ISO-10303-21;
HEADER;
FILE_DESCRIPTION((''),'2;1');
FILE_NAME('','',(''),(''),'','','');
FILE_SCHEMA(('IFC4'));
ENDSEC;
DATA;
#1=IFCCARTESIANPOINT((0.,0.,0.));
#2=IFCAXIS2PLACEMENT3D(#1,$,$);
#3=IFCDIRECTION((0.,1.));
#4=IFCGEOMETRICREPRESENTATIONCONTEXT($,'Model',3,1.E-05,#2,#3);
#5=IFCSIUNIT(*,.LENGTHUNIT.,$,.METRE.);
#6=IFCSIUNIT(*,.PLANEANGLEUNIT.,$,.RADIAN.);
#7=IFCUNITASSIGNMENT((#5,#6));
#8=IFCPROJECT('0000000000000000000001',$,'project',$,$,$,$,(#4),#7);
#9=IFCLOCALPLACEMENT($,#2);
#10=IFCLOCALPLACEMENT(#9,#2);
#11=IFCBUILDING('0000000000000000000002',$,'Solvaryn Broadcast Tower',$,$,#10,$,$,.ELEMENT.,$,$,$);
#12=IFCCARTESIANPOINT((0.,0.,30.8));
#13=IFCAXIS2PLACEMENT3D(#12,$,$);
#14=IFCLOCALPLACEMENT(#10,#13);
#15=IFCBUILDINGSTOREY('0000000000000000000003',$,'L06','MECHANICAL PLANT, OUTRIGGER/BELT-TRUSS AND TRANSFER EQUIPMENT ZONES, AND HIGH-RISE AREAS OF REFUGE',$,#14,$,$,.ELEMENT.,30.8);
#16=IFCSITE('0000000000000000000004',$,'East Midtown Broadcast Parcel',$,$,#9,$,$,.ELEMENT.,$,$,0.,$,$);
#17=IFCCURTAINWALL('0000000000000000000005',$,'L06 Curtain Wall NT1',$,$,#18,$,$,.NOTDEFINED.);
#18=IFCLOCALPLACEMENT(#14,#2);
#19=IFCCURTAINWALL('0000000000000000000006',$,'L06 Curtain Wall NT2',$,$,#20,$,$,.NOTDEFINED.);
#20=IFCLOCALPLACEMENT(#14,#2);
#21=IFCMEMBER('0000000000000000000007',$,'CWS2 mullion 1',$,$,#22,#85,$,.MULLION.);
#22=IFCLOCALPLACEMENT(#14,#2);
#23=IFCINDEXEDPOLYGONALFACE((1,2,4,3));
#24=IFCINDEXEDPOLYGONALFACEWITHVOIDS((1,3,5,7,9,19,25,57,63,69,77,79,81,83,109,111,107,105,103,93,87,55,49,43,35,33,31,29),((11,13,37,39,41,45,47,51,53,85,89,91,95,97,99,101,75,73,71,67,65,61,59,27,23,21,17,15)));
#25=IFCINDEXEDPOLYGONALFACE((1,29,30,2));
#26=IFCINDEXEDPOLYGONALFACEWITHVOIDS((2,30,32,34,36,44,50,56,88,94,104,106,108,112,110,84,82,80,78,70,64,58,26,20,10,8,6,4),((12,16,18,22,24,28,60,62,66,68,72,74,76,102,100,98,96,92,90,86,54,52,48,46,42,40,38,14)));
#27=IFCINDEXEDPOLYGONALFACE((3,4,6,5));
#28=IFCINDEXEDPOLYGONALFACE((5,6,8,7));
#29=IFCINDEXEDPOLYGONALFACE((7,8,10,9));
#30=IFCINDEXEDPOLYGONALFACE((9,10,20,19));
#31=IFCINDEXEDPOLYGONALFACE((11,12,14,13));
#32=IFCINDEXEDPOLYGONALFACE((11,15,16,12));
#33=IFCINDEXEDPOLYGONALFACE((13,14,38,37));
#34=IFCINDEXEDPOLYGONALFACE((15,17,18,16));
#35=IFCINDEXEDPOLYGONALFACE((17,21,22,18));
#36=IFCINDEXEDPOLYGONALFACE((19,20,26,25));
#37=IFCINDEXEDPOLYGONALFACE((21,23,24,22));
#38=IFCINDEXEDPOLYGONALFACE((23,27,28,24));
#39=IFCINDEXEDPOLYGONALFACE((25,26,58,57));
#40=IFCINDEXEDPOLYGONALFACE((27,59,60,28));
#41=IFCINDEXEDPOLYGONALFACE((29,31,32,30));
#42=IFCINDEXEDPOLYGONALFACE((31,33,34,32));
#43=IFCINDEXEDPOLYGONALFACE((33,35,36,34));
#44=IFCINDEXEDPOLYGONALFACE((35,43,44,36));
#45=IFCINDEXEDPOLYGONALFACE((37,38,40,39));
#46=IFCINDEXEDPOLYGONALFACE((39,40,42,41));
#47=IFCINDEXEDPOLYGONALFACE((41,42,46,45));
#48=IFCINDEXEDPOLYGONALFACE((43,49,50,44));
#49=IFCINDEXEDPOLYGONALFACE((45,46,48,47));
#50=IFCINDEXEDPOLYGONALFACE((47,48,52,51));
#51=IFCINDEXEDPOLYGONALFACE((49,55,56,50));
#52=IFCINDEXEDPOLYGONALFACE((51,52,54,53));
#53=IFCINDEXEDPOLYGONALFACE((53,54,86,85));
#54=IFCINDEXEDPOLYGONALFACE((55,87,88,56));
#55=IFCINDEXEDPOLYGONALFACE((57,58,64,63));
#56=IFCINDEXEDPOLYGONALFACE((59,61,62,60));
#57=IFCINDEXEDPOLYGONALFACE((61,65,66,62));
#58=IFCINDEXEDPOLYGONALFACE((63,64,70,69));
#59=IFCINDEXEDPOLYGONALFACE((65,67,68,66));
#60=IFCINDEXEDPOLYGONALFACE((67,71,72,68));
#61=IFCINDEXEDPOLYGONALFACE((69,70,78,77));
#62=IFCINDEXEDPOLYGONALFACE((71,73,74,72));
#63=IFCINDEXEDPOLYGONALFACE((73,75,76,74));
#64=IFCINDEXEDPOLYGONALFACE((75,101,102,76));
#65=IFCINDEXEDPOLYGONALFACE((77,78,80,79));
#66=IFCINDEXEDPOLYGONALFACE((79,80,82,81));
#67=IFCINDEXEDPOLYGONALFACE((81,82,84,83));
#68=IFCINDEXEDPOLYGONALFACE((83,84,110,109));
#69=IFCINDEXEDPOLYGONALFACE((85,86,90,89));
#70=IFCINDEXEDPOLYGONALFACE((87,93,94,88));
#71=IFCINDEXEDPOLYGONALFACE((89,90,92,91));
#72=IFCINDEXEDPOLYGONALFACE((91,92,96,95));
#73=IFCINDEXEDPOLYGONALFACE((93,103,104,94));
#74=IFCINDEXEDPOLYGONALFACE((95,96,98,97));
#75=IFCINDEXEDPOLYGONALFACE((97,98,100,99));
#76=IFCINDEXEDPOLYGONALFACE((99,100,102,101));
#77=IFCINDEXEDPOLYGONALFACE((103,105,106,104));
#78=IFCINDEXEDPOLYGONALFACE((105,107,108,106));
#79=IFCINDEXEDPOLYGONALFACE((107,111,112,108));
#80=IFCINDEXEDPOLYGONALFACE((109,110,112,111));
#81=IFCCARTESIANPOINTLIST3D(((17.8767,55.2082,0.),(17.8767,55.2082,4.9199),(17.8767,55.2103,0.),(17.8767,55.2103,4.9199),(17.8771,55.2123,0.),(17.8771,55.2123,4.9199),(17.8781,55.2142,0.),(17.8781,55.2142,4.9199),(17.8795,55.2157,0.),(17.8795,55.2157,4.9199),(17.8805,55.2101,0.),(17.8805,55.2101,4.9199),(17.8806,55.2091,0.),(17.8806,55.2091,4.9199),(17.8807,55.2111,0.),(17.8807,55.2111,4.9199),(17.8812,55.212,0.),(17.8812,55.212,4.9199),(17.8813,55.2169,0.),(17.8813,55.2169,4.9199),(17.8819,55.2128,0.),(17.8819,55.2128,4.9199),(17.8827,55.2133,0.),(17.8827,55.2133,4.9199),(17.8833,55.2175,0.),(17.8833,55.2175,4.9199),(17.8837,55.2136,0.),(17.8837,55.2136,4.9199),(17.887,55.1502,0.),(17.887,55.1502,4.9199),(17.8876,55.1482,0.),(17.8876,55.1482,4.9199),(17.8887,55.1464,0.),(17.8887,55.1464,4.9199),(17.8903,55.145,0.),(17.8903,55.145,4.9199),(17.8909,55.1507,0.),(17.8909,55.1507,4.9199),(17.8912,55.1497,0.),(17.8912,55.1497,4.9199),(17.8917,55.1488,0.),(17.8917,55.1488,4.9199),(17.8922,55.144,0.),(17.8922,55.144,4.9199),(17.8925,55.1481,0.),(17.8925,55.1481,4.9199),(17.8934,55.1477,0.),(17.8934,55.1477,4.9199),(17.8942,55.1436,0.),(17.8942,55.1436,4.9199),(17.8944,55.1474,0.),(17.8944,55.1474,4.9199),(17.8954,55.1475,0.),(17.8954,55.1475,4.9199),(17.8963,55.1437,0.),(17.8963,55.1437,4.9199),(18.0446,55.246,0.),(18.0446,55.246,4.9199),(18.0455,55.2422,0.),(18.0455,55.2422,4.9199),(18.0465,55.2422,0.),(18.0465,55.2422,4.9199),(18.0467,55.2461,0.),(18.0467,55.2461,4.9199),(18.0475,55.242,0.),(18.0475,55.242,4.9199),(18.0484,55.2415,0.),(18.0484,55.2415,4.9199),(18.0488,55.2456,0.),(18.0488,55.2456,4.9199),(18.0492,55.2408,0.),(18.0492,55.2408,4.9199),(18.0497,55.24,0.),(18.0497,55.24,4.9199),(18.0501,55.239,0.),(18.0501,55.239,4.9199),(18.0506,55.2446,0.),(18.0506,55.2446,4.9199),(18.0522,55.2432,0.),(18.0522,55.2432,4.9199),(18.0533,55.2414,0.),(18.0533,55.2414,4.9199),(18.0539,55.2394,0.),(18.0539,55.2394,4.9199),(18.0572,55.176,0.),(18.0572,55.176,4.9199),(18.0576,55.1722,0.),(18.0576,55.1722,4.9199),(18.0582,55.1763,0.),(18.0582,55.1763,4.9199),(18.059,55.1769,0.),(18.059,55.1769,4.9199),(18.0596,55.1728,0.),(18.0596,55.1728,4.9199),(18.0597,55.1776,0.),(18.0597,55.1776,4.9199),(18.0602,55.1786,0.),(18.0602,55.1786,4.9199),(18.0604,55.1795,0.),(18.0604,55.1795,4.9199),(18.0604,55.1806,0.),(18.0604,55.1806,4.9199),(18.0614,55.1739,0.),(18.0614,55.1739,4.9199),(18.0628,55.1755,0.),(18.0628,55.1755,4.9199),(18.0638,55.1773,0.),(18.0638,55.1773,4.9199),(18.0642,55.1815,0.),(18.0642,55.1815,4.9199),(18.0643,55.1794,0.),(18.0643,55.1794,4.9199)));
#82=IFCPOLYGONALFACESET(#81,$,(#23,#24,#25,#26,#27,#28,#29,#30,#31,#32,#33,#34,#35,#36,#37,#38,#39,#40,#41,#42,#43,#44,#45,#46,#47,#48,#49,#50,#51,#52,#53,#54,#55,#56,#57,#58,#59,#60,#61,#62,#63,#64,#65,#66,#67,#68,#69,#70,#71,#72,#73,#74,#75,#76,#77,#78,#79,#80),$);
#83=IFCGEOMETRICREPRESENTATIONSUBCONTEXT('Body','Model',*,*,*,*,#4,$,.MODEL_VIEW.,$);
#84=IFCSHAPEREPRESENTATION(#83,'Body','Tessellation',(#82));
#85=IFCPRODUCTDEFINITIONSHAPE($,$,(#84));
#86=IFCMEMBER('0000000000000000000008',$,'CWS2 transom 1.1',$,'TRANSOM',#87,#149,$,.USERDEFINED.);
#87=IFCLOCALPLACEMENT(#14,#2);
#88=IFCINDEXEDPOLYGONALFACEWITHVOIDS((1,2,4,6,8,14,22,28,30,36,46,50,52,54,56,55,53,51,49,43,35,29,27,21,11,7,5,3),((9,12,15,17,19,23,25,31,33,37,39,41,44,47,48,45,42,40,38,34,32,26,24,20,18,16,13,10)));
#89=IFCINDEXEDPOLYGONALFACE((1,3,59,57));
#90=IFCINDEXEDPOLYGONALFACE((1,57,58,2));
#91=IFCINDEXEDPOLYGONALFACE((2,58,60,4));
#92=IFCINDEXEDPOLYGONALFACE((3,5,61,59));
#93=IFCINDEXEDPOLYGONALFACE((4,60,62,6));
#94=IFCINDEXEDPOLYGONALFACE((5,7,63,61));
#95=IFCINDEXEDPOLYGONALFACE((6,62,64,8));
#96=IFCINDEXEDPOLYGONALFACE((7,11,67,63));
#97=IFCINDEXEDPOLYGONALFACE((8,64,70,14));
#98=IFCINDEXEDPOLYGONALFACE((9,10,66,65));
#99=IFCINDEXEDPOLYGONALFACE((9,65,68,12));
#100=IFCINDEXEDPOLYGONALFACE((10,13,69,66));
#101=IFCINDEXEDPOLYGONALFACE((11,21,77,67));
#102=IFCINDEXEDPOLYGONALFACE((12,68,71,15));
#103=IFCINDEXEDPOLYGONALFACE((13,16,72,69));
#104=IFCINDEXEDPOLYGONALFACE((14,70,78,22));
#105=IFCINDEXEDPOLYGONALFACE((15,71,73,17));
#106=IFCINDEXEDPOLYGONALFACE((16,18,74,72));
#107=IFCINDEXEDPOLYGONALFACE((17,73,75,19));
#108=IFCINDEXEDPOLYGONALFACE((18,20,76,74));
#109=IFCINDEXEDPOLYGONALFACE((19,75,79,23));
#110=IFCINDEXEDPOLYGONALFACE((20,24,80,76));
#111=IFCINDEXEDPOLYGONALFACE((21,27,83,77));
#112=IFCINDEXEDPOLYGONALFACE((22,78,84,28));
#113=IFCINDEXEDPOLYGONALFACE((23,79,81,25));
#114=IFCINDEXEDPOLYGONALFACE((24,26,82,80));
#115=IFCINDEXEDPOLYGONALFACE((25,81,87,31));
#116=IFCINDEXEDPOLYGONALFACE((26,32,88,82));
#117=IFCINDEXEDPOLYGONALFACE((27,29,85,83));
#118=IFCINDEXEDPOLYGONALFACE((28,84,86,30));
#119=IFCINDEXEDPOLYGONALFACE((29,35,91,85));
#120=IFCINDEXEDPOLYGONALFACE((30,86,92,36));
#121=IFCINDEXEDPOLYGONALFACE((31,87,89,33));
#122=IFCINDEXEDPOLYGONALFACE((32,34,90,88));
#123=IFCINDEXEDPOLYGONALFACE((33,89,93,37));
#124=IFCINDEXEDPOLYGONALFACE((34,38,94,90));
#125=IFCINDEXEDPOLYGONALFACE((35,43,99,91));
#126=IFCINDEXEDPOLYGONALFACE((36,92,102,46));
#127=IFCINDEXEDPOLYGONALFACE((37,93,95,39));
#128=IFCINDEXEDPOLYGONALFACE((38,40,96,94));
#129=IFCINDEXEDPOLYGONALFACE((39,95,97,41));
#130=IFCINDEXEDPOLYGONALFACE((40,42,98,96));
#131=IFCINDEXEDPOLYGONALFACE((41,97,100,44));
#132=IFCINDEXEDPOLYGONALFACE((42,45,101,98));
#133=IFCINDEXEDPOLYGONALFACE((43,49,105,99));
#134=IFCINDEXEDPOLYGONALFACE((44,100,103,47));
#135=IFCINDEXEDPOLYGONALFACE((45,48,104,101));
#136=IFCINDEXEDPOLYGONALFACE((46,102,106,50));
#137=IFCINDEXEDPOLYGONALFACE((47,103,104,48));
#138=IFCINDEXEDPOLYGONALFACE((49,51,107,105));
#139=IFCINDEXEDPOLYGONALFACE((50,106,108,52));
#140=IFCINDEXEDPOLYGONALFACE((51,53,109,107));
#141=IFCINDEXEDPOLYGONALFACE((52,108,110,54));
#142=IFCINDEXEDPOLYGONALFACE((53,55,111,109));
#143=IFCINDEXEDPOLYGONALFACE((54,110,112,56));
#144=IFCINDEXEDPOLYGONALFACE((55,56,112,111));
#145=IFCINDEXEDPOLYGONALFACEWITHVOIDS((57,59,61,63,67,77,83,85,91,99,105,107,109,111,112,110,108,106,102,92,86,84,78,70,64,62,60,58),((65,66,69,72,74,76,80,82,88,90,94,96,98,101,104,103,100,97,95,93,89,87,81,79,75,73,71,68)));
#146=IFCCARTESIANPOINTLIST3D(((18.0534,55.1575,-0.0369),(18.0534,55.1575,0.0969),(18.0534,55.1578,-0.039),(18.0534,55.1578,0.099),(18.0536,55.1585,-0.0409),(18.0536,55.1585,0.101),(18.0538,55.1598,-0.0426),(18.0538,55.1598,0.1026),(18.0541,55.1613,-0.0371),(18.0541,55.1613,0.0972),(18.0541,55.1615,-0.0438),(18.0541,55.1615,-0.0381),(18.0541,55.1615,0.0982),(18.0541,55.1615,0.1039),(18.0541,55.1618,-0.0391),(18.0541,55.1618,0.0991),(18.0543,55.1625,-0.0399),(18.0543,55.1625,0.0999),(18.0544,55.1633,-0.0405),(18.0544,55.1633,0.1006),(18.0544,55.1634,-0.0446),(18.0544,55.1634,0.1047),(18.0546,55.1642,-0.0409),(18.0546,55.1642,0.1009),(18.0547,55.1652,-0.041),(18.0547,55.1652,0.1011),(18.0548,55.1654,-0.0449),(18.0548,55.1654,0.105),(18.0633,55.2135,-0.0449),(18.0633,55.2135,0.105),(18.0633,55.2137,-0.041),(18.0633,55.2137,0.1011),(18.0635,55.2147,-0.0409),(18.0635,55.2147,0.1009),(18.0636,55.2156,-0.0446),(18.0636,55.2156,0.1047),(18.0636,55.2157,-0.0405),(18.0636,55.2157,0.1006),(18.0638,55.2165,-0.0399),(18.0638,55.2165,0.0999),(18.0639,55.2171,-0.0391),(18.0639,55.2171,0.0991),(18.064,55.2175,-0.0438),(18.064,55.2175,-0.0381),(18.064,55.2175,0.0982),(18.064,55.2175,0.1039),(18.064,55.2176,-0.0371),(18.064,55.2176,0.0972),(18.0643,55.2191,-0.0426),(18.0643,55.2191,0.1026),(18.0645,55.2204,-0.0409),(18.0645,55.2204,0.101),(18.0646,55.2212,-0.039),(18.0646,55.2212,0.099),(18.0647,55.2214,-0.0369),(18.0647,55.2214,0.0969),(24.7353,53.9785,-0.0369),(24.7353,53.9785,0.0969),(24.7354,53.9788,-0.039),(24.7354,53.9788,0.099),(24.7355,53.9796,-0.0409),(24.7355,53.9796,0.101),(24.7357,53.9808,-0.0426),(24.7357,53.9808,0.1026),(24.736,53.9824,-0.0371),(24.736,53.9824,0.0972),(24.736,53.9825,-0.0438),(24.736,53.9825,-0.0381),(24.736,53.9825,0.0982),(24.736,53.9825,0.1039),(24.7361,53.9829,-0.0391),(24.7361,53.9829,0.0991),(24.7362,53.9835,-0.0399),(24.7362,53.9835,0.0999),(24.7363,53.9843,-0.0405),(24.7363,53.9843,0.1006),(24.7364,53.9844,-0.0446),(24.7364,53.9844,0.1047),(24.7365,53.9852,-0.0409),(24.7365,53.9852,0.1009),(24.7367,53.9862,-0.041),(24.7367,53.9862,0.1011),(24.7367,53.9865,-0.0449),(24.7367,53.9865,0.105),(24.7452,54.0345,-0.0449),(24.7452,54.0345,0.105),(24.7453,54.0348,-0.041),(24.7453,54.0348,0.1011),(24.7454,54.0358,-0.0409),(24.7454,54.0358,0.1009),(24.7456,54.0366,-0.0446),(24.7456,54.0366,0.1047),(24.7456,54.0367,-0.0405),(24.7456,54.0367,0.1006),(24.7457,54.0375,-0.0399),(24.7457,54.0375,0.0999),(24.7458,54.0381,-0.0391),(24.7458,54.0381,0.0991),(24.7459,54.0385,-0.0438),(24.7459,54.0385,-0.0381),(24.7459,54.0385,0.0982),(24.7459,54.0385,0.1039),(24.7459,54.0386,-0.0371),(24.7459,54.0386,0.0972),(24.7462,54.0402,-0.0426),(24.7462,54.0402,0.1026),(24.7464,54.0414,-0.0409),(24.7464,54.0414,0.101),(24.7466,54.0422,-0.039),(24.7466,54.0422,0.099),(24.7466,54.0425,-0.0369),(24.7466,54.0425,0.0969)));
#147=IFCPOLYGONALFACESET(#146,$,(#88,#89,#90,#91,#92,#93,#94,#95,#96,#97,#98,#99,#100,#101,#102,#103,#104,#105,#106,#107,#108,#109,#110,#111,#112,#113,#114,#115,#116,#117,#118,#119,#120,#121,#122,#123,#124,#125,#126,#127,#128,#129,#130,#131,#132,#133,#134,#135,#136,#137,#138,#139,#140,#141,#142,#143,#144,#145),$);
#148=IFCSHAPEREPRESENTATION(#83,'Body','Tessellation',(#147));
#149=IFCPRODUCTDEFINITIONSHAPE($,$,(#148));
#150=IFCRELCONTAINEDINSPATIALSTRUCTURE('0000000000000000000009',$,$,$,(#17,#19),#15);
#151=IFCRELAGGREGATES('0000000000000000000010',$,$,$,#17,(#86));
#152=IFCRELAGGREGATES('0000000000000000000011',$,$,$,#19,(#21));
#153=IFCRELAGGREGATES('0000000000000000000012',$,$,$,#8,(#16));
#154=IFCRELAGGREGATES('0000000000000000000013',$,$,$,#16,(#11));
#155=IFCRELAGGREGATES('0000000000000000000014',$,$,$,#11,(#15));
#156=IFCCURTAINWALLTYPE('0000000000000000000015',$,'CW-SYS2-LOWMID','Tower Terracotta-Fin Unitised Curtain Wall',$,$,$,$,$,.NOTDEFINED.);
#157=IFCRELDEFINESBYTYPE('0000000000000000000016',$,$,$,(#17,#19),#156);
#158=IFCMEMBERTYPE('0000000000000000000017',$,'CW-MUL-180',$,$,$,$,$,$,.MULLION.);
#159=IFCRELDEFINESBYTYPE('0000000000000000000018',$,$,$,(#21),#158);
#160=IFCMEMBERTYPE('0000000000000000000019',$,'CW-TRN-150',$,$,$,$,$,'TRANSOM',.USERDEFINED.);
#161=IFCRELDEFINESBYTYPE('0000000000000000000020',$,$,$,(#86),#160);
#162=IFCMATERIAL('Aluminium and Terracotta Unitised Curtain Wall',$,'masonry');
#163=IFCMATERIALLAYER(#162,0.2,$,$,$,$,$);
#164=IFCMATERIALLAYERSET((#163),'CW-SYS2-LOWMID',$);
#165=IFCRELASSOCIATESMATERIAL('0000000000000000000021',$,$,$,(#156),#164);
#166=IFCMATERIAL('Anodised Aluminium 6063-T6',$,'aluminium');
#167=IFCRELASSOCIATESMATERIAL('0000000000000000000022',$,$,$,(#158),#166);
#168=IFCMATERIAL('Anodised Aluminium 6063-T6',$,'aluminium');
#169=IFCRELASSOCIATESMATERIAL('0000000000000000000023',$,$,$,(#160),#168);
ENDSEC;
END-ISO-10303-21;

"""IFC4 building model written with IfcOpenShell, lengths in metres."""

from ifc_helpers import new_model, si_unit, direction, frame, origin, origin_2d, place, context, subcontext, project, spatial, hollow_rectangle, extrude, material, layer, layer_set, material_profile, profile_set, type_object, element, aggregate, save


model = new_model("IFC4")

# Units and contexts
model_context = context("Model", 3, precision=1e-05, world=origin(), true_north=direction((0.0, 1.0)))
body_context = subcontext(model_context, "Body", "Model", "MODEL_VIEW")
ifc_project = project(units=[si_unit("LENGTHUNIT", "METRE"), si_unit("PLANEANGLEUNIT", "RADIAN")], contexts=[model_context])

# Site, building, storey
site_placement = place(None, origin())
site = spatial("IfcSite", under=ifc_project, at=site_placement, Name="East Midtown Broadcast Parcel", CompositionType="ELEMENT", RefElevation=0.0)
building_placement = place(site_placement, origin())
building = spatial("IfcBuilding", under=site, at=building_placement, Name="Solvaryn Broadcast Tower", CompositionType="ELEMENT")
storey_placement = place(building_placement, frame((0.0, 0.0, 30.8)))
storey = spatial("IfcBuildingStorey", under=building, at=storey_placement, Name="L06", Description="MECHANICAL PLANT, OUTRIGGER/BELT-TRUSS AND TRANSFER EQUIPMENT ZONES, AND HIGH-RISE AREAS OF REFUGE", CompositionType="ELEMENT", Elevation=30.8)

# Curtain walls, member
ifc_material_1 = material(Name="Aluminium and Terracotta Unitised Curtain Wall", Category="masonry")
ifc_layer_1 = layer(ifc_material_1, 0.2)
ifc_layer_set_1 = layer_set([ifc_layer_1], Name="CW-SYS2-LOWMID")
curtain_wall_type = type_object("IfcCurtainWallType", Name="CW-SYS2-LOWMID", Description="Tower Terracotta-Fin Unitised Curtain Wall", PredefinedType="NOTDEFINED", material=ifc_layer_set_1)
curtain_wall_1_placement = place(storey_placement, origin())
curtain_wall_1 = element("IfcCurtainWall", 1, at=curtain_wall_1_placement, inside=storey, type_object=curtain_wall_type, Name="L06 Curtain Wall NT1", PredefinedType="NOTDEFINED")
ifc_material_2 = material(Name="Anodised Aluminium 6063-T6", Category="aluminium")
ifc_material_profile_1 = material_profile(ifc_material_2, hollow_rectangle(XDim=0.075, YDim=0.1799, WallThickness=0.0039, InnerFilletRadius=0.0039, OuterFilletRadius=0.0081, at=origin_2d()))
ifc_profile_set_1 = profile_set([ifc_material_profile_1], Name="Anodised Aluminium 6063-T6")
member_type_1 = type_object("IfcMemberType", Name="CW-MUL-180", PredefinedType="MULLION", material=ifc_profile_set_1)
curtain_wall_2_placement = place(storey_placement, origin())
curtain_wall_2 = element("IfcCurtainWall", 2, at=curtain_wall_2_placement, inside=storey, type_object=curtain_wall_type, Name="L06 Curtain Wall NT2", PredefinedType="NOTDEFINED")
member_1_placement = place(storey_placement, frame((17.9705, 55.1948, 0.0), z_axis=(0.0, 0.0, 1.0), x_axis=(0.173785, -0.984784, 0.0)))
member_1 = element("IfcMember", 3, at=member_1_placement, type_object=member_type_1, Name="CWS2 mullion 1", PredefinedType="MULLION", context=body_context, shape_type="SweptSolid", body=[
    extrude(hollow_rectangle(XDim=0.075, YDim=0.1799, WallThickness=0.0039, InnerFilletRadius=0.0039, OuterFilletRadius=0.0081, at=origin_2d()), origin(), (0.0, 0.0, 1.0), 4.9199),
])

# Member
ifc_material_3 = material(Name="Anodised Aluminium 6063-T6", Category="aluminium")
ifc_material_profile_2 = material_profile(ifc_material_3, hollow_rectangle(XDim=0.0649, YDim=0.1499, WallThickness=0.0039, InnerFilletRadius=0.0039, OuterFilletRadius=0.0081, at=origin_2d()))
ifc_profile_set_2 = profile_set([ifc_material_profile_2], Name="Anodised Aluminium 6063-T6")
member_type_2 = type_object("IfcMemberType", Name="CW-TRN-150", ElementType="TRANSOM", PredefinedType="USERDEFINED", material=ifc_profile_set_2)
member_2_placement = place(storey_placement, frame((24.741, 54.0105, 0.03), z_axis=(-0.984789, 0.173757, 0.0), x_axis=(-0.173757, -0.984789, 0.0)))
member_2 = element("IfcMember", 4, at=member_2_placement, type_object=member_type_2, Name="CWS2 transom 1.1", ObjectType="TRANSOM", PredefinedType="USERDEFINED", context=body_context, shape_type="SweptSolid", body=[
    extrude(hollow_rectangle(XDim=0.0649, YDim=0.1499, WallThickness=0.0039, InnerFilletRadius=0.0039, OuterFilletRadius=0.0081, at=origin_2d()), origin(), (0.0, 0.0, 1.0), 6.7852),
])

aggregate(curtain_wall_1, [member_2])
aggregate(curtain_wall_2, [member_1])

save(model, "model.ifc")
